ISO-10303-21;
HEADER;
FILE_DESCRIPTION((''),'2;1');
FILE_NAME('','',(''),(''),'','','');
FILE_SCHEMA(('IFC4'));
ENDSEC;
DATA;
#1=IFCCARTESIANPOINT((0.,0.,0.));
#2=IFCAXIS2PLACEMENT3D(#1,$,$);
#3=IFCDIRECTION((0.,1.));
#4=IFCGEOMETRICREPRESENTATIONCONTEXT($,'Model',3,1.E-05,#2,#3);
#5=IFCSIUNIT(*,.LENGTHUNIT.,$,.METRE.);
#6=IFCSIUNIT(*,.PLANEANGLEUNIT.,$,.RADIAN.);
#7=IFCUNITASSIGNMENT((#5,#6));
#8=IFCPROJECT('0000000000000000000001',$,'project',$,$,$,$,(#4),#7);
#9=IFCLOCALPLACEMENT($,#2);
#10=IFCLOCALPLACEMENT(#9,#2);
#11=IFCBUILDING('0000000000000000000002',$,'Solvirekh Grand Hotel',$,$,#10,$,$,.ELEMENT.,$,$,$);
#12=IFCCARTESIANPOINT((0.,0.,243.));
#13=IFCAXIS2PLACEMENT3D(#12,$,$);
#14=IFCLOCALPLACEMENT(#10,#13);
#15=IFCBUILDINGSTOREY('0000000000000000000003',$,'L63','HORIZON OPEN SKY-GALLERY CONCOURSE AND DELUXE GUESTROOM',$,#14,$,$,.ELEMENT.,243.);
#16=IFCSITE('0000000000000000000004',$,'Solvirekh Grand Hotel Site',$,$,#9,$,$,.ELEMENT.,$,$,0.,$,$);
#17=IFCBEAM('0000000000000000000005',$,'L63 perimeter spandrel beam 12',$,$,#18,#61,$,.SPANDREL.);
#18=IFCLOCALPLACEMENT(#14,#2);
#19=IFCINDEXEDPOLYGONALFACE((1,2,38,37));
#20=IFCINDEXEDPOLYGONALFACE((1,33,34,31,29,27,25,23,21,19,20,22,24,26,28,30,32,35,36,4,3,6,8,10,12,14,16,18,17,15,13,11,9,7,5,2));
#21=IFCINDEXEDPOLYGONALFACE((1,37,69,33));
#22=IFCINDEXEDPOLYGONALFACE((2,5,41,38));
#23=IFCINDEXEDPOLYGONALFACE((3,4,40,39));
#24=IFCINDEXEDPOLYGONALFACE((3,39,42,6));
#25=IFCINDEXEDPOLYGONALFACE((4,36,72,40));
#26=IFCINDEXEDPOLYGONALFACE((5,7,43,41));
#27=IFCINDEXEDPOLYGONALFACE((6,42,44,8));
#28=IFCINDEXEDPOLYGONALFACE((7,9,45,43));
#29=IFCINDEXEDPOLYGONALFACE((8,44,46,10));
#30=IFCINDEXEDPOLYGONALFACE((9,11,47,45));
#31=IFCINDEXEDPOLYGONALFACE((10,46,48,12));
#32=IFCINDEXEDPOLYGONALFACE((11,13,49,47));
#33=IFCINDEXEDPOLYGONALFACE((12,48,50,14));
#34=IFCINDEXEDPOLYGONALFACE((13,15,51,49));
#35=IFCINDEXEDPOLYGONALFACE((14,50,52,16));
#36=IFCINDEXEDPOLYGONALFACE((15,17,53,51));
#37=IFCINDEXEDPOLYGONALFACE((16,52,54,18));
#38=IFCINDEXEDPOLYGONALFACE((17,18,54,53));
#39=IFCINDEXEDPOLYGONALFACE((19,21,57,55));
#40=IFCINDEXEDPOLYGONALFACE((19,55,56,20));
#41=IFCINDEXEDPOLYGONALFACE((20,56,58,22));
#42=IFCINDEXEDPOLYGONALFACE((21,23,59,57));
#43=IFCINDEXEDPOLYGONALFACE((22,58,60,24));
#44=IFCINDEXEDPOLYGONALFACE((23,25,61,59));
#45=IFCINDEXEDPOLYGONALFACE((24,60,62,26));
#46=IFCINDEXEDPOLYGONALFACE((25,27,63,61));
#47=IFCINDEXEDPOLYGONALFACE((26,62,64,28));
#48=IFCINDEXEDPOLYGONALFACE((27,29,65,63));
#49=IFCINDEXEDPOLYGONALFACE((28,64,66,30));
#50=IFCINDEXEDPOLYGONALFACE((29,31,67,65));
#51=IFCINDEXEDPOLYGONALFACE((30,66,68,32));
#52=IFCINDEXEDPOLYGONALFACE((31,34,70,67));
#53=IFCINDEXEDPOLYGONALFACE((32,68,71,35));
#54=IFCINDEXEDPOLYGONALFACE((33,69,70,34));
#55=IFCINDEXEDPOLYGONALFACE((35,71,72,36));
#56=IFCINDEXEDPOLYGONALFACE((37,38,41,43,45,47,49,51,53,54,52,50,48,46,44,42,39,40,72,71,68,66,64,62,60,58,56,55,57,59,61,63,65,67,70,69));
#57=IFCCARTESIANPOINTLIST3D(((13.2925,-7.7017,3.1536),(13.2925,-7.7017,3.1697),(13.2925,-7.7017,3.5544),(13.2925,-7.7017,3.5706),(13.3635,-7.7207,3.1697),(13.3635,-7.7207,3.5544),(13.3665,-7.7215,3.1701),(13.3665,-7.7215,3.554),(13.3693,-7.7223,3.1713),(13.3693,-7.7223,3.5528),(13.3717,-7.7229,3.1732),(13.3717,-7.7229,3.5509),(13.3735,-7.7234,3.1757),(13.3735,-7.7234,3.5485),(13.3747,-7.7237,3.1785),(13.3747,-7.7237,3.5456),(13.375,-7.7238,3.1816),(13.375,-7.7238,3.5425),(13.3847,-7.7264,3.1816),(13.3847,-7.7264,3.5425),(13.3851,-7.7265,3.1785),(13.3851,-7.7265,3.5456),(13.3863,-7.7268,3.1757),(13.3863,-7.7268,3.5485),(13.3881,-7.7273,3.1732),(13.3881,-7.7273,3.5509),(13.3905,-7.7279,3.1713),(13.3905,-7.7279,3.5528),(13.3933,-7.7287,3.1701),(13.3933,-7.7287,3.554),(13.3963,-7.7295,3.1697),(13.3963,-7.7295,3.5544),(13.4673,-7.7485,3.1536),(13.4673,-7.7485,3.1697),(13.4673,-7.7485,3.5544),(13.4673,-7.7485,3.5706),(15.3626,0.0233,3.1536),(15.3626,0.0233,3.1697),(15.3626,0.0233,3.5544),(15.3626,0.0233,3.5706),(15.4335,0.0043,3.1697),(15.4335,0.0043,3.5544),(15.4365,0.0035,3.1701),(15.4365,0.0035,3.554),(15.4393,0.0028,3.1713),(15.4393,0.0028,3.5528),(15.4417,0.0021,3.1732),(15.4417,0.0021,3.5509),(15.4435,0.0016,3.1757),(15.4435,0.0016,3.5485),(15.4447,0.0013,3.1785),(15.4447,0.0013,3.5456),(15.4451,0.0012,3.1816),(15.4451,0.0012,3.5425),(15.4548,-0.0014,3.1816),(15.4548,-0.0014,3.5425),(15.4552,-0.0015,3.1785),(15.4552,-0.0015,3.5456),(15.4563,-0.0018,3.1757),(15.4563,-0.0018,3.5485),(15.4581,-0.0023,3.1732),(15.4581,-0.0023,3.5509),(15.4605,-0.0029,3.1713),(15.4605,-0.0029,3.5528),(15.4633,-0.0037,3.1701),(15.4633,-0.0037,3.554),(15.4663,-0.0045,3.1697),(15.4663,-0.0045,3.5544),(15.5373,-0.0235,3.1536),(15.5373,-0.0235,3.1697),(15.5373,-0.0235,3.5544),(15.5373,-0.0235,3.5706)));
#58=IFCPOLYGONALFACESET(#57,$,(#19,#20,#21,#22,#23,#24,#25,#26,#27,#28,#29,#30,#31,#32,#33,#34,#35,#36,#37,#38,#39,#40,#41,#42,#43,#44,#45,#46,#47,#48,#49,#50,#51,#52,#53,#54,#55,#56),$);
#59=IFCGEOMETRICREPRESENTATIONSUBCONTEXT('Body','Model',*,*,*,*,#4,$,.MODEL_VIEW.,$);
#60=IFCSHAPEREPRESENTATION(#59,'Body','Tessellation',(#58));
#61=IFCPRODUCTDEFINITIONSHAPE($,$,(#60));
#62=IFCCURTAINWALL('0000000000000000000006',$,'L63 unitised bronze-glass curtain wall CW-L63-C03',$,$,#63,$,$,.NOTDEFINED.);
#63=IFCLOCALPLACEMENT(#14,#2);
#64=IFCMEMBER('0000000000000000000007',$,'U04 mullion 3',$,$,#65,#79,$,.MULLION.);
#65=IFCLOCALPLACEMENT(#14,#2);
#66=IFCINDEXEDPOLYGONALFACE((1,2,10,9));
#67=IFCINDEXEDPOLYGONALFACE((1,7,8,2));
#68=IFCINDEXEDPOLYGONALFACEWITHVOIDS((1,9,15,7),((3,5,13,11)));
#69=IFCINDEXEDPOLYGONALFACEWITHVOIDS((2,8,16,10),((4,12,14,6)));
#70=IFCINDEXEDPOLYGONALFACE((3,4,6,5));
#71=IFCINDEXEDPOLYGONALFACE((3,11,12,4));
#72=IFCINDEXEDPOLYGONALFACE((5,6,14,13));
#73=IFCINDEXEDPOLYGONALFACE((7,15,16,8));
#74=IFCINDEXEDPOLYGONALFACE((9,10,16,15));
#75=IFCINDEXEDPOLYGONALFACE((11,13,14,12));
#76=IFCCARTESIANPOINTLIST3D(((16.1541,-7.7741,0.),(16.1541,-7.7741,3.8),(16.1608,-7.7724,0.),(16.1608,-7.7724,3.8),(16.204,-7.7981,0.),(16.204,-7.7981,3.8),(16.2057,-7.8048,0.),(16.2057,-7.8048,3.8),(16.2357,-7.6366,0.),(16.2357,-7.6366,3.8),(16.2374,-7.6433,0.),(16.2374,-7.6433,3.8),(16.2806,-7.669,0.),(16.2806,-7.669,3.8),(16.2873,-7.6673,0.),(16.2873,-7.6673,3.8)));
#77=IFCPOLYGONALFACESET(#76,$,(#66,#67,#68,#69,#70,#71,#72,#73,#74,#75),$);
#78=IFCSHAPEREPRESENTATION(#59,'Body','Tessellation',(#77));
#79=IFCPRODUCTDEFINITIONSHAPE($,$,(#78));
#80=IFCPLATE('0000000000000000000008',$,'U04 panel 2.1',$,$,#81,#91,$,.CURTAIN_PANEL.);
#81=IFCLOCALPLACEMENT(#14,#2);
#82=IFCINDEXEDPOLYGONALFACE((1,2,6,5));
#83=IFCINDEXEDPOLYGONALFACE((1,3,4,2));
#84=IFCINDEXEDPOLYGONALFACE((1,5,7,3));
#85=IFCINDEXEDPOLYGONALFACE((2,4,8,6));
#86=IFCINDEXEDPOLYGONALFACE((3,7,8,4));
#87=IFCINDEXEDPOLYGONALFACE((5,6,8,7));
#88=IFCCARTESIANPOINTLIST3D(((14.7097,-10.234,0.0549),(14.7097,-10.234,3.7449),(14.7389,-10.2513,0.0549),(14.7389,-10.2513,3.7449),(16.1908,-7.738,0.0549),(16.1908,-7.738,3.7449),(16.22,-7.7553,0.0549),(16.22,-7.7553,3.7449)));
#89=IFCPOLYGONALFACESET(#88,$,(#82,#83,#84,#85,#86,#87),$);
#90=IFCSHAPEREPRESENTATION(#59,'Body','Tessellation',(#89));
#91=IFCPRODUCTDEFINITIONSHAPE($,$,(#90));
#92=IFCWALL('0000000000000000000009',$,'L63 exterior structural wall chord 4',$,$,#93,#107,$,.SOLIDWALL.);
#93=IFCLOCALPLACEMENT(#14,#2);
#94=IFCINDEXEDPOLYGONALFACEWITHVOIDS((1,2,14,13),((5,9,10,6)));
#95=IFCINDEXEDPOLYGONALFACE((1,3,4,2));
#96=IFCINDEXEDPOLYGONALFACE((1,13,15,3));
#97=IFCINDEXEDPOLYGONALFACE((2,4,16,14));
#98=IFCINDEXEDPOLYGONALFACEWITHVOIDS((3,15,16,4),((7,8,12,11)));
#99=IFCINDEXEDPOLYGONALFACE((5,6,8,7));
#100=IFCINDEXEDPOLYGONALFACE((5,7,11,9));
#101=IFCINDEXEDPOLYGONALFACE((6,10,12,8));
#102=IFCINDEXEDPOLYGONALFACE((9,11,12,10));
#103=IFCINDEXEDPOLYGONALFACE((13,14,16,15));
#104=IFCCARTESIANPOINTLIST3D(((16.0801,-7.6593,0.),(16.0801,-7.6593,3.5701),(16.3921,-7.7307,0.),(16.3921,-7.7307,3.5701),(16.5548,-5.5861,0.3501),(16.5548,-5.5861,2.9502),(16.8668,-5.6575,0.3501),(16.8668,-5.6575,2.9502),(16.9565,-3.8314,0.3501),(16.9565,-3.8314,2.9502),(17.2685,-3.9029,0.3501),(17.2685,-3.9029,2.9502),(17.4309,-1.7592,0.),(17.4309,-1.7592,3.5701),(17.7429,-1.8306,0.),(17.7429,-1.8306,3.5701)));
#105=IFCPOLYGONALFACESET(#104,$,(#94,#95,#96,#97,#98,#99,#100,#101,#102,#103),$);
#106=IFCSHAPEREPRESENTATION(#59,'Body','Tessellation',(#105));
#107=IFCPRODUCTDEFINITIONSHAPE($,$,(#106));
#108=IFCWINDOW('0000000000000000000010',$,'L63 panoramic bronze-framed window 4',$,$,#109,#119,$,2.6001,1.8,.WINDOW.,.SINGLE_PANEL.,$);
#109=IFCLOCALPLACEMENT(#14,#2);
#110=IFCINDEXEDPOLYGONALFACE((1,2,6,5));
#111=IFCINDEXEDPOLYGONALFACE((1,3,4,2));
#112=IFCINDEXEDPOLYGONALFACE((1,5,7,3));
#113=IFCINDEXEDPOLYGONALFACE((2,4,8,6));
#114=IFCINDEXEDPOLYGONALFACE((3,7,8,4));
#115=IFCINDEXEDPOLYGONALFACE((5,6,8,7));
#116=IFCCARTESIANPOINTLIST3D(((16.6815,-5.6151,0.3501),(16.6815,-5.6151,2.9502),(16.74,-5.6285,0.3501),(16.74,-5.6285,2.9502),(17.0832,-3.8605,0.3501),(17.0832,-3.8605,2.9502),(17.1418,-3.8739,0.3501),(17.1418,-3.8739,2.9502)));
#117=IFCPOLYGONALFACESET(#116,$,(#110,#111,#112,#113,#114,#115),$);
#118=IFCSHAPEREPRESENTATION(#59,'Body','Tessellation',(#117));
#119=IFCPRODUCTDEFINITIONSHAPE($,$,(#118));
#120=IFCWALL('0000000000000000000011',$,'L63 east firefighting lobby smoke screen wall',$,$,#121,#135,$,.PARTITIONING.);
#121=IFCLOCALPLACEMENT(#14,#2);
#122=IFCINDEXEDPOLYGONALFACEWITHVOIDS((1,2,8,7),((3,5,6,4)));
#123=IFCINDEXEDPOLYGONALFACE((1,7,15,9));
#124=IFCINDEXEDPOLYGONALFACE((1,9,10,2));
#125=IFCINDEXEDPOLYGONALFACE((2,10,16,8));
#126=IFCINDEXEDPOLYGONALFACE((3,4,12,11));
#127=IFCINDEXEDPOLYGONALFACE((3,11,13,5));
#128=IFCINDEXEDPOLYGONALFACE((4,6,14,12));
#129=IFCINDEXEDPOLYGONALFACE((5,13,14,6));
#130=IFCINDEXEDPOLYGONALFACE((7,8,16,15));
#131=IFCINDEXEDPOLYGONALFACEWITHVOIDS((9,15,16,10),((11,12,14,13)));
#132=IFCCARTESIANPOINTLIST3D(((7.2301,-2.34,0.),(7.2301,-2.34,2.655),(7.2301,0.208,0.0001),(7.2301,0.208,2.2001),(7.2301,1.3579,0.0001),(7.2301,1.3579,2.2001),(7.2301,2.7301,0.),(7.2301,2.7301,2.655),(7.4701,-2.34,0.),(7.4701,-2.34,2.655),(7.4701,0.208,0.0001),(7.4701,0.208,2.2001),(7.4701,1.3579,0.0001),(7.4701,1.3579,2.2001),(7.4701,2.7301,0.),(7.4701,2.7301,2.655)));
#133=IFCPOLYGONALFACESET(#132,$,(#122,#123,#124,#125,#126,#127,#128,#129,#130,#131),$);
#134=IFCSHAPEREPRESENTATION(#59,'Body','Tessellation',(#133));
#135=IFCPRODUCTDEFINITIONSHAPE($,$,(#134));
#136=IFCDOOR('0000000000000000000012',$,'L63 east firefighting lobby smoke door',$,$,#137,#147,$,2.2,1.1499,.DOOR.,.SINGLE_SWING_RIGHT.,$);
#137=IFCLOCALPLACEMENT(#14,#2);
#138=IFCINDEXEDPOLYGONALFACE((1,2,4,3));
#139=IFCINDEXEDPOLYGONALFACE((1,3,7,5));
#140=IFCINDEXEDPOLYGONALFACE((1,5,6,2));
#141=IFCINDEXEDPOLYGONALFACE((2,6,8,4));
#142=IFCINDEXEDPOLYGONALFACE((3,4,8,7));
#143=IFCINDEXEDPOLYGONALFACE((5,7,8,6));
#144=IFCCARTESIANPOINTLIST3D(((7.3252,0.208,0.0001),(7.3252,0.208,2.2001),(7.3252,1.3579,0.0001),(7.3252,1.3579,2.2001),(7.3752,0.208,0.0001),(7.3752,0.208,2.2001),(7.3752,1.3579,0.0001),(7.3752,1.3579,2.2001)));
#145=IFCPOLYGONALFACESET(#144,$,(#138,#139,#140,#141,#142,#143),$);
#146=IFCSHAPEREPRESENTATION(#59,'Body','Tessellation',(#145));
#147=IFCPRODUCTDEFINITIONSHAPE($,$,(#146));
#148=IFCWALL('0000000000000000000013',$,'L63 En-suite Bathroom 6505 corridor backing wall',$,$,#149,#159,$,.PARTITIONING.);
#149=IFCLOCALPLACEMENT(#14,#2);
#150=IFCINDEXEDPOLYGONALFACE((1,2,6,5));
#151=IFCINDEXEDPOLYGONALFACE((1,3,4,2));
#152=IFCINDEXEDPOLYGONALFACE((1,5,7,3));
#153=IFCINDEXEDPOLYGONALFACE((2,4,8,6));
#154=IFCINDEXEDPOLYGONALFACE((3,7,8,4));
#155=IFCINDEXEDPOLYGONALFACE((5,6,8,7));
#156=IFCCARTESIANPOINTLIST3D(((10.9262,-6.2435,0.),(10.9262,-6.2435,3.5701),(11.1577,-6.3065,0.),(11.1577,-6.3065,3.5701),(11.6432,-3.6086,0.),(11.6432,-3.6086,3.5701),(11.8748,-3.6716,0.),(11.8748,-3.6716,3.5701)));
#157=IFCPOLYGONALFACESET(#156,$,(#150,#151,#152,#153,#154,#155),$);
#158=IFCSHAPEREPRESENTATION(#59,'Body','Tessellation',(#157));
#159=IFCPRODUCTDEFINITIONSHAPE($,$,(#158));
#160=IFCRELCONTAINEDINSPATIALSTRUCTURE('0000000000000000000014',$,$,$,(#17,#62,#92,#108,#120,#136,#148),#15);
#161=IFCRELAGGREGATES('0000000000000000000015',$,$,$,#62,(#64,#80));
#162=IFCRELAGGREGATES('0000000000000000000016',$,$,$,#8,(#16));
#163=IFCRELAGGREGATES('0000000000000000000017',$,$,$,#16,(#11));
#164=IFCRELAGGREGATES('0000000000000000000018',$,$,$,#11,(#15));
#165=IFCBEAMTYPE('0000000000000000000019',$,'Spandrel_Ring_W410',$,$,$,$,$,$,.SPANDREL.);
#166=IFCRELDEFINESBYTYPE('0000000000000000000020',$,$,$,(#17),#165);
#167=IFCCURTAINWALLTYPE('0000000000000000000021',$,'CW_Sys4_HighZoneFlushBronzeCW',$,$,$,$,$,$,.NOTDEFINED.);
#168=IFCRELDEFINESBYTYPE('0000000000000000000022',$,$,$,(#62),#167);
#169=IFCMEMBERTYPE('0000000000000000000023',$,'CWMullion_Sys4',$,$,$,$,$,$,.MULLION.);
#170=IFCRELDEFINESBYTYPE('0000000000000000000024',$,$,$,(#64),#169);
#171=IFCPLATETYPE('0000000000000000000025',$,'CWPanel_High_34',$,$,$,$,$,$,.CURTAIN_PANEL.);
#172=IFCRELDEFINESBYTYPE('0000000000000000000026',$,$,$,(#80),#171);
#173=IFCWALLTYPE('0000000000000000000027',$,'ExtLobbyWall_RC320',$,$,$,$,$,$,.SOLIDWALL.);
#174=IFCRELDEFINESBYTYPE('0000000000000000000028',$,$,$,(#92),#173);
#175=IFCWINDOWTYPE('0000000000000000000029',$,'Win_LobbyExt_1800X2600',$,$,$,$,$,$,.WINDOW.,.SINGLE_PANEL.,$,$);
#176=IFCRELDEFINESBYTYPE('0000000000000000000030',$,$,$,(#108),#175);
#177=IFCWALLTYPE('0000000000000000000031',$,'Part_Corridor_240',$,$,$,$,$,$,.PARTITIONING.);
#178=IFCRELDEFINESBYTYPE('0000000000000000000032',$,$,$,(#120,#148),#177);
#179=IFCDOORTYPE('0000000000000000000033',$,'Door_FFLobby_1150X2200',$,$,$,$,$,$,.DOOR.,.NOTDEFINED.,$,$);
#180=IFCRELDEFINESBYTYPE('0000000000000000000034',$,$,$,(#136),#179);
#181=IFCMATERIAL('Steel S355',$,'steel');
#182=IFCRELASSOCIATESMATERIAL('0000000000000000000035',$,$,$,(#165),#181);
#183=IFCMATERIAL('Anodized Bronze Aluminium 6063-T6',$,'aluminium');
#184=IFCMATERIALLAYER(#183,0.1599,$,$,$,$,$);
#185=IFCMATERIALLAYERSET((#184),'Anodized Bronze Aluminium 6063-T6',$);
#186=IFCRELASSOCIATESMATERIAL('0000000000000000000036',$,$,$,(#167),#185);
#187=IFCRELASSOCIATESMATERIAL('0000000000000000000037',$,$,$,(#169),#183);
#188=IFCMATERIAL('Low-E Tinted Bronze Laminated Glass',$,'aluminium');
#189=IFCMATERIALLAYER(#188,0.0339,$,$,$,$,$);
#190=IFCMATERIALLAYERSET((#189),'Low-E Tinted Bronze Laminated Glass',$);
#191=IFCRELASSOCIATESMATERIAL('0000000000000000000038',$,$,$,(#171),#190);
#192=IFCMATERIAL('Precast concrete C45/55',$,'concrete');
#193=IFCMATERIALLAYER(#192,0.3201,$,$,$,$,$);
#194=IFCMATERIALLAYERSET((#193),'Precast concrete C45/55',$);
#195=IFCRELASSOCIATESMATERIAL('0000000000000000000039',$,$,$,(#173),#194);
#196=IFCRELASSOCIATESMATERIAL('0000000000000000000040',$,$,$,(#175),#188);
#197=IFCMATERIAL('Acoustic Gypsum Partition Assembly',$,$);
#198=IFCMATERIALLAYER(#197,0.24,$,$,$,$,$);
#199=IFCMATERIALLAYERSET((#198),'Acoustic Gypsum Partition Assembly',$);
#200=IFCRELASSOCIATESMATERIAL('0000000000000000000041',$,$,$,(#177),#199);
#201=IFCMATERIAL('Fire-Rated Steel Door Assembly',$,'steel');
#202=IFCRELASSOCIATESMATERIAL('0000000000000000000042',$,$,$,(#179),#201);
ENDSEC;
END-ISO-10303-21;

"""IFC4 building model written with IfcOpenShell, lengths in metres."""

from ifc_helpers import new_model, si_unit, direction, frame, frame_2d, origin, origin_2d, place, context, subcontext, project, spatial, rectangle, hollow_rectangle, i_section, extrude, source, transform, mapped, material, layer, layer_set, material_profile, profile_set, type_object, element, fill, aggregate, save


model = new_model("IFC4")

# Units and contexts
model_context = context("Model", 3, precision=1e-05, world=origin(), true_north=direction((0.0, 1.0)))
body_context = subcontext(model_context, "Body", "Model", "MODEL_VIEW")
ifc_project = project(units=[si_unit("LENGTHUNIT", "METRE"), si_unit("PLANEANGLEUNIT", "RADIAN")], contexts=[model_context])

# Site, building, storey
site_placement = place(None, origin())
site = spatial("IfcSite", under=ifc_project, at=site_placement, Name="Solvirekh Grand Hotel Site", CompositionType="ELEMENT", RefElevation=0.0)
building_placement = place(site_placement, origin())
building = spatial("IfcBuilding", under=site, at=building_placement, Name="Solvirekh Grand Hotel", CompositionType="ELEMENT")
storey_placement = place(building_placement, frame((0.0, 0.0, 243.0)))
storey = spatial("IfcBuildingStorey", under=building, at=storey_placement, Name="L63", Description="HORIZON OPEN SKY-GALLERY CONCOURSE AND DELUXE GUESTROOM", CompositionType="ELEMENT", Elevation=243.0)

# Beam
ifc_material_1 = material(Name="Steel S355", Category="steel")
ifc_material_profile_1 = material_profile(ifc_material_1, i_section(OverallWidth=0.1809, OverallDepth=0.417, WebThickness=0.01, FlangeThickness=0.0161, FilletRadius=0.012, at=origin_2d()), Name="W410X85")
ifc_profile_set_1 = profile_set([ifc_material_profile_1], Name="Steel S355")
beam_type_1 = type_object("IfcBeamType", Name="Spandrel_Ring_W410", PredefinedType="SPANDREL", material=ifc_profile_set_1)
beam_1_placement = place(storey_placement, frame((13.3799, -7.7251, 3.3621), z_axis=(0.258835, 0.965922, 0.0), x_axis=(-0.965922, 0.258835, 0.0)))
element("IfcBeam", 1, at=beam_1_placement, inside=storey, type_object=beam_type_1, Name="L63 perimeter spandrel beam 12", PredefinedType="SPANDREL", context=body_context, shape_type="SweptSolid", body=[
    extrude(i_section(OverallWidth=0.1809, OverallDepth=0.417, WebThickness=0.01, FlangeThickness=0.0161, FilletRadius=0.012, at=origin_2d()), origin(), (0.0, 0.0, 1.0), 7.9976),
])

# Curtain wall, member, plate
ifc_material_2 = material(Name="Anodized Bronze Aluminium 6063-T6", Category="aluminium")
ifc_layer_1 = layer(ifc_material_2, 0.1599)
ifc_layer_set_1 = layer_set([ifc_layer_1], Name="Anodized Bronze Aluminium 6063-T6")
curtain_wall_type = type_object("IfcCurtainWallType", Name="CW_Sys4_HighZoneFlushBronzeCW", PredefinedType="NOTDEFINED", material=ifc_layer_set_1)
curtain_wall_placement = place(storey_placement, origin())
curtain_wall = element("IfcCurtainWall", 2, at=curtain_wall_placement, inside=storey, type_object=curtain_wall_type, Name="L63 unitised bronze-glass curtain wall CW-L63-C03", PredefinedType="NOTDEFINED")
ifc_material_profile_2 = material_profile(ifc_material_2, hollow_rectangle(XDim=0.0601, YDim=0.1599, WallThickness=0.0049, at=origin_2d()), Name="ALU RHS 160X60X5")
ifc_profile_set_2 = profile_set([ifc_material_profile_2], Name="Anodized Bronze Aluminium 6063-T6")
member_type = type_object("IfcMemberType", Name="CWMullion_Sys4", PredefinedType="MULLION", material=ifc_profile_set_2)
shared_shape_1 = source(origin(), body_context, "Body", "SweptSolid", [
    extrude(hollow_rectangle(XDim=0.0601, YDim=0.1599, WallThickness=0.0049, at=origin_2d()), origin(), (0.0, 0.0, 1.0), 3.8),
])
member_placement = place(storey_placement, frame((16.2207, -7.7207, 0.0), z_axis=(0.0, 0.0, 1.0), x_axis=(-0.860004, 0.510288, 0.0)))
member = element("IfcMember", 3, at=member_placement, type_object=member_type, Name="U04 mullion 3", PredefinedType="MULLION", context=body_context, shape_type="MappedRepresentation", body=[
    mapped(shared_shape_1, transform((0.0, 0.0, 0.0), x_axis=(1.0, 0.0, 0.0), y_axis=(0.0, 1.0, 0.0), z_axis=(0.0, 0.0, 1.0), scale=1.0)),
])
ifc_material_3 = material(Name="Low-E Tinted Bronze Laminated Glass", Category="aluminium")
ifc_layer_2 = layer(ifc_material_3, 0.0339)
ifc_layer_set_2 = layer_set([ifc_layer_2], Name="Low-E Tinted Bronze Laminated Glass")
plate_type = type_object("IfcPlateType", Name="CWPanel_High_34", PredefinedType="CURTAIN_PANEL", material=ifc_layer_set_2)
shared_shape_2 = source(origin(), body_context, "Body", "SweptSolid", [
    extrude(rectangle(XDim=2.9023, YDim=0.0339, at=origin_2d()), origin(), (0.0, 0.0, 1.0), 3.6899),
])
plate_placement = place(storey_placement, frame((15.4648, -8.9946, 0.0549), z_axis=(0.0, 0.0, 1.0), x_axis=(0.510288, 0.860004, 0.0)))
plate = element("IfcPlate", 4, at=plate_placement, type_object=plate_type, Name="U04 panel 2.1", PredefinedType="CURTAIN_PANEL", context=body_context, shape_type="MappedRepresentation", body=[
    mapped(shared_shape_2, transform((0.0, 0.0, 0.0), x_axis=(1.0, 0.0, 0.0), y_axis=(0.0, 1.0, 0.0), z_axis=(0.0, 0.0, 1.0), scale=1.0)),
])
aggregate(curtain_wall, [member, plate])

# Wall, opening, window
ifc_material_4 = material(Name="Precast concrete C45/55", Category="concrete")
ifc_layer_3 = layer(ifc_material_4, 0.3201)
ifc_layer_set_3 = layer_set([ifc_layer_3], Name="Precast concrete C45/55")
wall_type_1 = type_object("IfcWallType", Name="ExtLobbyWall_RC320", PredefinedType="SOLIDWALL", material=ifc_layer_set_3)
wall_1_placement = place(storey_placement, frame((17.5869, -1.7949, 0.0), z_axis=(0.0, 0.0, 1.0), x_axis=(-0.223174, -0.974779, 0.0)))
wall_1 = element("IfcWall", 5, at=wall_1_placement, inside=storey, type_object=wall_type_1, Name="L63 exterior structural wall chord 4", PredefinedType="SOLIDWALL", context=body_context, shape_type="SweptSolid", body=[
    extrude(rectangle(XDim=6.0527, YDim=0.3201, at=frame_2d((3.0264, 0.0))), origin(), (0.0, 0.0, 1.0), 3.5701),
])
opening_1_placement = place(wall_1_placement, frame((2.126, 0.0, 0.3501)))
opening_1 = element("IfcOpeningElement", 6, at=opening_1_placement, cuts=wall_1, PredefinedType="OPENING", context=body_context, shape_type="SweptSolid", body=[
    extrude(rectangle(XDim=1.8, YDim=2.6001, at=frame_2d((0.8999, 1.3))), frame((0.0, 0.1699, 0.0), z_axis=(0.0, -1.0, 0.0), x_axis=(1.0, 0.0, 0.0)), (0.0, 0.0, 1.0), 0.3401),
])
window_type = type_object("IfcWindowType", Name="Win_LobbyExt_1800X2600", PartitioningType="SINGLE_PANEL", PredefinedType="WINDOW", material=ifc_material_3)
window_placement = place(opening_1_placement, origin())
window = element("IfcWindow", 7, at=window_placement, inside=storey, type_object=window_type, Name="L63 panoramic bronze-framed window 4", OverallHeight=2.6001, OverallWidth=1.8, PartitioningType="SINGLE_PANEL", PredefinedType="WINDOW", context=body_context, shape_type="SweptSolid", body=[
    extrude(rectangle(XDim=1.8, YDim=2.6001, at=frame_2d((0.8999, 1.3))), frame((0.0, 0.03, 0.0), z_axis=(0.0, -1.0, 0.0), x_axis=(1.0, 0.0, 0.0)), (0.0, 0.0, 1.0), 0.0601),
])
fill(opening_1, window)

# Wall, opening, door
ifc_material_5 = material(Name="Acoustic Gypsum Partition Assembly")
ifc_layer_4 = layer(ifc_material_5, 0.24)
ifc_layer_set_4 = layer_set([ifc_layer_4], Name="Acoustic Gypsum Partition Assembly")
wall_type_2 = type_object("IfcWallType", Name="Part_Corridor_240", PredefinedType="PARTITIONING", material=ifc_layer_set_4)
wall_2_placement = place(storey_placement, frame((7.3501, -2.3401, 0.0), z_axis=(0.0, 0.0, 1.0), x_axis=(0.0, 1.0, 0.0)))
wall_2 = element("IfcWall", 8, at=wall_2_placement, inside=storey, type_object=wall_type_2, Name="L63 east firefighting lobby smoke screen wall", PredefinedType="PARTITIONING", context=body_context, shape_type="SweptSolid", body=[
    extrude(rectangle(XDim=5.0701, YDim=0.24, at=frame_2d((2.5352, 0.0))), origin(), (0.0, 0.0, 1.0), 2.655),
])
opening_2_placement = place(wall_2_placement, frame((2.5481, 0.0, 0.0)))
opening_2 = element("IfcOpeningElement", 9, at=opening_2_placement, cuts=wall_2, PredefinedType="OPENING", context=body_context, shape_type="SweptSolid", body=[
    extrude(rectangle(XDim=1.1499, YDim=2.2, at=frame_2d((0.575, 1.1001))), frame((0.0, 0.1299, 0.0), z_axis=(0.0, -1.0, 0.0), x_axis=(1.0, 0.0, 0.0)), (0.0, 0.0, 1.0), 0.26),
])
ifc_material_6 = material(Name="Fire-Rated Steel Door Assembly", Category="steel")
door_type_1 = type_object("IfcDoorType", Name="Door_FFLobby_1150X2200", OperationType="NOTDEFINED", PredefinedType="DOOR", material=ifc_material_6)
door_1_placement = place(opening_2_placement, origin())
door_1 = element("IfcDoor", 10, at=door_1_placement, inside=storey, type_object=door_type_1, Name="L63 east firefighting lobby smoke door", OperationType="SINGLE_SWING_RIGHT", OverallHeight=2.2, OverallWidth=1.1499, PredefinedType="DOOR", context=body_context, shape_type="SweptSolid", body=[
    extrude(rectangle(XDim=1.1499, YDim=2.2, at=frame_2d((0.575, 1.1001))), frame((0.0, 0.0249, 0.0), z_axis=(0.0, -1.0, 0.0), x_axis=(1.0, 0.0, 0.0)), (0.0, 0.0, 1.0), 0.05),
])
fill(opening_2, door_1)

# Wall
wall_3_placement = place(storey_placement, frame((11.042, -6.2749, 0.0), z_axis=(0.0, 0.0, 1.0), x_axis=(0.262573, 0.964912, 0.0)))
element("IfcWall", 11, at=wall_3_placement, inside=storey, type_object=wall_type_2, Name="L63 En-suite Bathroom 6505 corridor backing wall", PredefinedType="PARTITIONING", context=body_context, shape_type="SweptSolid", body=[
    extrude(rectangle(XDim=2.7307, YDim=0.24, at=frame_2d((1.3652, 0.0))), origin(), (0.0, 0.0, 1.0), 3.5701),
])

save(model, "model.ifc")
